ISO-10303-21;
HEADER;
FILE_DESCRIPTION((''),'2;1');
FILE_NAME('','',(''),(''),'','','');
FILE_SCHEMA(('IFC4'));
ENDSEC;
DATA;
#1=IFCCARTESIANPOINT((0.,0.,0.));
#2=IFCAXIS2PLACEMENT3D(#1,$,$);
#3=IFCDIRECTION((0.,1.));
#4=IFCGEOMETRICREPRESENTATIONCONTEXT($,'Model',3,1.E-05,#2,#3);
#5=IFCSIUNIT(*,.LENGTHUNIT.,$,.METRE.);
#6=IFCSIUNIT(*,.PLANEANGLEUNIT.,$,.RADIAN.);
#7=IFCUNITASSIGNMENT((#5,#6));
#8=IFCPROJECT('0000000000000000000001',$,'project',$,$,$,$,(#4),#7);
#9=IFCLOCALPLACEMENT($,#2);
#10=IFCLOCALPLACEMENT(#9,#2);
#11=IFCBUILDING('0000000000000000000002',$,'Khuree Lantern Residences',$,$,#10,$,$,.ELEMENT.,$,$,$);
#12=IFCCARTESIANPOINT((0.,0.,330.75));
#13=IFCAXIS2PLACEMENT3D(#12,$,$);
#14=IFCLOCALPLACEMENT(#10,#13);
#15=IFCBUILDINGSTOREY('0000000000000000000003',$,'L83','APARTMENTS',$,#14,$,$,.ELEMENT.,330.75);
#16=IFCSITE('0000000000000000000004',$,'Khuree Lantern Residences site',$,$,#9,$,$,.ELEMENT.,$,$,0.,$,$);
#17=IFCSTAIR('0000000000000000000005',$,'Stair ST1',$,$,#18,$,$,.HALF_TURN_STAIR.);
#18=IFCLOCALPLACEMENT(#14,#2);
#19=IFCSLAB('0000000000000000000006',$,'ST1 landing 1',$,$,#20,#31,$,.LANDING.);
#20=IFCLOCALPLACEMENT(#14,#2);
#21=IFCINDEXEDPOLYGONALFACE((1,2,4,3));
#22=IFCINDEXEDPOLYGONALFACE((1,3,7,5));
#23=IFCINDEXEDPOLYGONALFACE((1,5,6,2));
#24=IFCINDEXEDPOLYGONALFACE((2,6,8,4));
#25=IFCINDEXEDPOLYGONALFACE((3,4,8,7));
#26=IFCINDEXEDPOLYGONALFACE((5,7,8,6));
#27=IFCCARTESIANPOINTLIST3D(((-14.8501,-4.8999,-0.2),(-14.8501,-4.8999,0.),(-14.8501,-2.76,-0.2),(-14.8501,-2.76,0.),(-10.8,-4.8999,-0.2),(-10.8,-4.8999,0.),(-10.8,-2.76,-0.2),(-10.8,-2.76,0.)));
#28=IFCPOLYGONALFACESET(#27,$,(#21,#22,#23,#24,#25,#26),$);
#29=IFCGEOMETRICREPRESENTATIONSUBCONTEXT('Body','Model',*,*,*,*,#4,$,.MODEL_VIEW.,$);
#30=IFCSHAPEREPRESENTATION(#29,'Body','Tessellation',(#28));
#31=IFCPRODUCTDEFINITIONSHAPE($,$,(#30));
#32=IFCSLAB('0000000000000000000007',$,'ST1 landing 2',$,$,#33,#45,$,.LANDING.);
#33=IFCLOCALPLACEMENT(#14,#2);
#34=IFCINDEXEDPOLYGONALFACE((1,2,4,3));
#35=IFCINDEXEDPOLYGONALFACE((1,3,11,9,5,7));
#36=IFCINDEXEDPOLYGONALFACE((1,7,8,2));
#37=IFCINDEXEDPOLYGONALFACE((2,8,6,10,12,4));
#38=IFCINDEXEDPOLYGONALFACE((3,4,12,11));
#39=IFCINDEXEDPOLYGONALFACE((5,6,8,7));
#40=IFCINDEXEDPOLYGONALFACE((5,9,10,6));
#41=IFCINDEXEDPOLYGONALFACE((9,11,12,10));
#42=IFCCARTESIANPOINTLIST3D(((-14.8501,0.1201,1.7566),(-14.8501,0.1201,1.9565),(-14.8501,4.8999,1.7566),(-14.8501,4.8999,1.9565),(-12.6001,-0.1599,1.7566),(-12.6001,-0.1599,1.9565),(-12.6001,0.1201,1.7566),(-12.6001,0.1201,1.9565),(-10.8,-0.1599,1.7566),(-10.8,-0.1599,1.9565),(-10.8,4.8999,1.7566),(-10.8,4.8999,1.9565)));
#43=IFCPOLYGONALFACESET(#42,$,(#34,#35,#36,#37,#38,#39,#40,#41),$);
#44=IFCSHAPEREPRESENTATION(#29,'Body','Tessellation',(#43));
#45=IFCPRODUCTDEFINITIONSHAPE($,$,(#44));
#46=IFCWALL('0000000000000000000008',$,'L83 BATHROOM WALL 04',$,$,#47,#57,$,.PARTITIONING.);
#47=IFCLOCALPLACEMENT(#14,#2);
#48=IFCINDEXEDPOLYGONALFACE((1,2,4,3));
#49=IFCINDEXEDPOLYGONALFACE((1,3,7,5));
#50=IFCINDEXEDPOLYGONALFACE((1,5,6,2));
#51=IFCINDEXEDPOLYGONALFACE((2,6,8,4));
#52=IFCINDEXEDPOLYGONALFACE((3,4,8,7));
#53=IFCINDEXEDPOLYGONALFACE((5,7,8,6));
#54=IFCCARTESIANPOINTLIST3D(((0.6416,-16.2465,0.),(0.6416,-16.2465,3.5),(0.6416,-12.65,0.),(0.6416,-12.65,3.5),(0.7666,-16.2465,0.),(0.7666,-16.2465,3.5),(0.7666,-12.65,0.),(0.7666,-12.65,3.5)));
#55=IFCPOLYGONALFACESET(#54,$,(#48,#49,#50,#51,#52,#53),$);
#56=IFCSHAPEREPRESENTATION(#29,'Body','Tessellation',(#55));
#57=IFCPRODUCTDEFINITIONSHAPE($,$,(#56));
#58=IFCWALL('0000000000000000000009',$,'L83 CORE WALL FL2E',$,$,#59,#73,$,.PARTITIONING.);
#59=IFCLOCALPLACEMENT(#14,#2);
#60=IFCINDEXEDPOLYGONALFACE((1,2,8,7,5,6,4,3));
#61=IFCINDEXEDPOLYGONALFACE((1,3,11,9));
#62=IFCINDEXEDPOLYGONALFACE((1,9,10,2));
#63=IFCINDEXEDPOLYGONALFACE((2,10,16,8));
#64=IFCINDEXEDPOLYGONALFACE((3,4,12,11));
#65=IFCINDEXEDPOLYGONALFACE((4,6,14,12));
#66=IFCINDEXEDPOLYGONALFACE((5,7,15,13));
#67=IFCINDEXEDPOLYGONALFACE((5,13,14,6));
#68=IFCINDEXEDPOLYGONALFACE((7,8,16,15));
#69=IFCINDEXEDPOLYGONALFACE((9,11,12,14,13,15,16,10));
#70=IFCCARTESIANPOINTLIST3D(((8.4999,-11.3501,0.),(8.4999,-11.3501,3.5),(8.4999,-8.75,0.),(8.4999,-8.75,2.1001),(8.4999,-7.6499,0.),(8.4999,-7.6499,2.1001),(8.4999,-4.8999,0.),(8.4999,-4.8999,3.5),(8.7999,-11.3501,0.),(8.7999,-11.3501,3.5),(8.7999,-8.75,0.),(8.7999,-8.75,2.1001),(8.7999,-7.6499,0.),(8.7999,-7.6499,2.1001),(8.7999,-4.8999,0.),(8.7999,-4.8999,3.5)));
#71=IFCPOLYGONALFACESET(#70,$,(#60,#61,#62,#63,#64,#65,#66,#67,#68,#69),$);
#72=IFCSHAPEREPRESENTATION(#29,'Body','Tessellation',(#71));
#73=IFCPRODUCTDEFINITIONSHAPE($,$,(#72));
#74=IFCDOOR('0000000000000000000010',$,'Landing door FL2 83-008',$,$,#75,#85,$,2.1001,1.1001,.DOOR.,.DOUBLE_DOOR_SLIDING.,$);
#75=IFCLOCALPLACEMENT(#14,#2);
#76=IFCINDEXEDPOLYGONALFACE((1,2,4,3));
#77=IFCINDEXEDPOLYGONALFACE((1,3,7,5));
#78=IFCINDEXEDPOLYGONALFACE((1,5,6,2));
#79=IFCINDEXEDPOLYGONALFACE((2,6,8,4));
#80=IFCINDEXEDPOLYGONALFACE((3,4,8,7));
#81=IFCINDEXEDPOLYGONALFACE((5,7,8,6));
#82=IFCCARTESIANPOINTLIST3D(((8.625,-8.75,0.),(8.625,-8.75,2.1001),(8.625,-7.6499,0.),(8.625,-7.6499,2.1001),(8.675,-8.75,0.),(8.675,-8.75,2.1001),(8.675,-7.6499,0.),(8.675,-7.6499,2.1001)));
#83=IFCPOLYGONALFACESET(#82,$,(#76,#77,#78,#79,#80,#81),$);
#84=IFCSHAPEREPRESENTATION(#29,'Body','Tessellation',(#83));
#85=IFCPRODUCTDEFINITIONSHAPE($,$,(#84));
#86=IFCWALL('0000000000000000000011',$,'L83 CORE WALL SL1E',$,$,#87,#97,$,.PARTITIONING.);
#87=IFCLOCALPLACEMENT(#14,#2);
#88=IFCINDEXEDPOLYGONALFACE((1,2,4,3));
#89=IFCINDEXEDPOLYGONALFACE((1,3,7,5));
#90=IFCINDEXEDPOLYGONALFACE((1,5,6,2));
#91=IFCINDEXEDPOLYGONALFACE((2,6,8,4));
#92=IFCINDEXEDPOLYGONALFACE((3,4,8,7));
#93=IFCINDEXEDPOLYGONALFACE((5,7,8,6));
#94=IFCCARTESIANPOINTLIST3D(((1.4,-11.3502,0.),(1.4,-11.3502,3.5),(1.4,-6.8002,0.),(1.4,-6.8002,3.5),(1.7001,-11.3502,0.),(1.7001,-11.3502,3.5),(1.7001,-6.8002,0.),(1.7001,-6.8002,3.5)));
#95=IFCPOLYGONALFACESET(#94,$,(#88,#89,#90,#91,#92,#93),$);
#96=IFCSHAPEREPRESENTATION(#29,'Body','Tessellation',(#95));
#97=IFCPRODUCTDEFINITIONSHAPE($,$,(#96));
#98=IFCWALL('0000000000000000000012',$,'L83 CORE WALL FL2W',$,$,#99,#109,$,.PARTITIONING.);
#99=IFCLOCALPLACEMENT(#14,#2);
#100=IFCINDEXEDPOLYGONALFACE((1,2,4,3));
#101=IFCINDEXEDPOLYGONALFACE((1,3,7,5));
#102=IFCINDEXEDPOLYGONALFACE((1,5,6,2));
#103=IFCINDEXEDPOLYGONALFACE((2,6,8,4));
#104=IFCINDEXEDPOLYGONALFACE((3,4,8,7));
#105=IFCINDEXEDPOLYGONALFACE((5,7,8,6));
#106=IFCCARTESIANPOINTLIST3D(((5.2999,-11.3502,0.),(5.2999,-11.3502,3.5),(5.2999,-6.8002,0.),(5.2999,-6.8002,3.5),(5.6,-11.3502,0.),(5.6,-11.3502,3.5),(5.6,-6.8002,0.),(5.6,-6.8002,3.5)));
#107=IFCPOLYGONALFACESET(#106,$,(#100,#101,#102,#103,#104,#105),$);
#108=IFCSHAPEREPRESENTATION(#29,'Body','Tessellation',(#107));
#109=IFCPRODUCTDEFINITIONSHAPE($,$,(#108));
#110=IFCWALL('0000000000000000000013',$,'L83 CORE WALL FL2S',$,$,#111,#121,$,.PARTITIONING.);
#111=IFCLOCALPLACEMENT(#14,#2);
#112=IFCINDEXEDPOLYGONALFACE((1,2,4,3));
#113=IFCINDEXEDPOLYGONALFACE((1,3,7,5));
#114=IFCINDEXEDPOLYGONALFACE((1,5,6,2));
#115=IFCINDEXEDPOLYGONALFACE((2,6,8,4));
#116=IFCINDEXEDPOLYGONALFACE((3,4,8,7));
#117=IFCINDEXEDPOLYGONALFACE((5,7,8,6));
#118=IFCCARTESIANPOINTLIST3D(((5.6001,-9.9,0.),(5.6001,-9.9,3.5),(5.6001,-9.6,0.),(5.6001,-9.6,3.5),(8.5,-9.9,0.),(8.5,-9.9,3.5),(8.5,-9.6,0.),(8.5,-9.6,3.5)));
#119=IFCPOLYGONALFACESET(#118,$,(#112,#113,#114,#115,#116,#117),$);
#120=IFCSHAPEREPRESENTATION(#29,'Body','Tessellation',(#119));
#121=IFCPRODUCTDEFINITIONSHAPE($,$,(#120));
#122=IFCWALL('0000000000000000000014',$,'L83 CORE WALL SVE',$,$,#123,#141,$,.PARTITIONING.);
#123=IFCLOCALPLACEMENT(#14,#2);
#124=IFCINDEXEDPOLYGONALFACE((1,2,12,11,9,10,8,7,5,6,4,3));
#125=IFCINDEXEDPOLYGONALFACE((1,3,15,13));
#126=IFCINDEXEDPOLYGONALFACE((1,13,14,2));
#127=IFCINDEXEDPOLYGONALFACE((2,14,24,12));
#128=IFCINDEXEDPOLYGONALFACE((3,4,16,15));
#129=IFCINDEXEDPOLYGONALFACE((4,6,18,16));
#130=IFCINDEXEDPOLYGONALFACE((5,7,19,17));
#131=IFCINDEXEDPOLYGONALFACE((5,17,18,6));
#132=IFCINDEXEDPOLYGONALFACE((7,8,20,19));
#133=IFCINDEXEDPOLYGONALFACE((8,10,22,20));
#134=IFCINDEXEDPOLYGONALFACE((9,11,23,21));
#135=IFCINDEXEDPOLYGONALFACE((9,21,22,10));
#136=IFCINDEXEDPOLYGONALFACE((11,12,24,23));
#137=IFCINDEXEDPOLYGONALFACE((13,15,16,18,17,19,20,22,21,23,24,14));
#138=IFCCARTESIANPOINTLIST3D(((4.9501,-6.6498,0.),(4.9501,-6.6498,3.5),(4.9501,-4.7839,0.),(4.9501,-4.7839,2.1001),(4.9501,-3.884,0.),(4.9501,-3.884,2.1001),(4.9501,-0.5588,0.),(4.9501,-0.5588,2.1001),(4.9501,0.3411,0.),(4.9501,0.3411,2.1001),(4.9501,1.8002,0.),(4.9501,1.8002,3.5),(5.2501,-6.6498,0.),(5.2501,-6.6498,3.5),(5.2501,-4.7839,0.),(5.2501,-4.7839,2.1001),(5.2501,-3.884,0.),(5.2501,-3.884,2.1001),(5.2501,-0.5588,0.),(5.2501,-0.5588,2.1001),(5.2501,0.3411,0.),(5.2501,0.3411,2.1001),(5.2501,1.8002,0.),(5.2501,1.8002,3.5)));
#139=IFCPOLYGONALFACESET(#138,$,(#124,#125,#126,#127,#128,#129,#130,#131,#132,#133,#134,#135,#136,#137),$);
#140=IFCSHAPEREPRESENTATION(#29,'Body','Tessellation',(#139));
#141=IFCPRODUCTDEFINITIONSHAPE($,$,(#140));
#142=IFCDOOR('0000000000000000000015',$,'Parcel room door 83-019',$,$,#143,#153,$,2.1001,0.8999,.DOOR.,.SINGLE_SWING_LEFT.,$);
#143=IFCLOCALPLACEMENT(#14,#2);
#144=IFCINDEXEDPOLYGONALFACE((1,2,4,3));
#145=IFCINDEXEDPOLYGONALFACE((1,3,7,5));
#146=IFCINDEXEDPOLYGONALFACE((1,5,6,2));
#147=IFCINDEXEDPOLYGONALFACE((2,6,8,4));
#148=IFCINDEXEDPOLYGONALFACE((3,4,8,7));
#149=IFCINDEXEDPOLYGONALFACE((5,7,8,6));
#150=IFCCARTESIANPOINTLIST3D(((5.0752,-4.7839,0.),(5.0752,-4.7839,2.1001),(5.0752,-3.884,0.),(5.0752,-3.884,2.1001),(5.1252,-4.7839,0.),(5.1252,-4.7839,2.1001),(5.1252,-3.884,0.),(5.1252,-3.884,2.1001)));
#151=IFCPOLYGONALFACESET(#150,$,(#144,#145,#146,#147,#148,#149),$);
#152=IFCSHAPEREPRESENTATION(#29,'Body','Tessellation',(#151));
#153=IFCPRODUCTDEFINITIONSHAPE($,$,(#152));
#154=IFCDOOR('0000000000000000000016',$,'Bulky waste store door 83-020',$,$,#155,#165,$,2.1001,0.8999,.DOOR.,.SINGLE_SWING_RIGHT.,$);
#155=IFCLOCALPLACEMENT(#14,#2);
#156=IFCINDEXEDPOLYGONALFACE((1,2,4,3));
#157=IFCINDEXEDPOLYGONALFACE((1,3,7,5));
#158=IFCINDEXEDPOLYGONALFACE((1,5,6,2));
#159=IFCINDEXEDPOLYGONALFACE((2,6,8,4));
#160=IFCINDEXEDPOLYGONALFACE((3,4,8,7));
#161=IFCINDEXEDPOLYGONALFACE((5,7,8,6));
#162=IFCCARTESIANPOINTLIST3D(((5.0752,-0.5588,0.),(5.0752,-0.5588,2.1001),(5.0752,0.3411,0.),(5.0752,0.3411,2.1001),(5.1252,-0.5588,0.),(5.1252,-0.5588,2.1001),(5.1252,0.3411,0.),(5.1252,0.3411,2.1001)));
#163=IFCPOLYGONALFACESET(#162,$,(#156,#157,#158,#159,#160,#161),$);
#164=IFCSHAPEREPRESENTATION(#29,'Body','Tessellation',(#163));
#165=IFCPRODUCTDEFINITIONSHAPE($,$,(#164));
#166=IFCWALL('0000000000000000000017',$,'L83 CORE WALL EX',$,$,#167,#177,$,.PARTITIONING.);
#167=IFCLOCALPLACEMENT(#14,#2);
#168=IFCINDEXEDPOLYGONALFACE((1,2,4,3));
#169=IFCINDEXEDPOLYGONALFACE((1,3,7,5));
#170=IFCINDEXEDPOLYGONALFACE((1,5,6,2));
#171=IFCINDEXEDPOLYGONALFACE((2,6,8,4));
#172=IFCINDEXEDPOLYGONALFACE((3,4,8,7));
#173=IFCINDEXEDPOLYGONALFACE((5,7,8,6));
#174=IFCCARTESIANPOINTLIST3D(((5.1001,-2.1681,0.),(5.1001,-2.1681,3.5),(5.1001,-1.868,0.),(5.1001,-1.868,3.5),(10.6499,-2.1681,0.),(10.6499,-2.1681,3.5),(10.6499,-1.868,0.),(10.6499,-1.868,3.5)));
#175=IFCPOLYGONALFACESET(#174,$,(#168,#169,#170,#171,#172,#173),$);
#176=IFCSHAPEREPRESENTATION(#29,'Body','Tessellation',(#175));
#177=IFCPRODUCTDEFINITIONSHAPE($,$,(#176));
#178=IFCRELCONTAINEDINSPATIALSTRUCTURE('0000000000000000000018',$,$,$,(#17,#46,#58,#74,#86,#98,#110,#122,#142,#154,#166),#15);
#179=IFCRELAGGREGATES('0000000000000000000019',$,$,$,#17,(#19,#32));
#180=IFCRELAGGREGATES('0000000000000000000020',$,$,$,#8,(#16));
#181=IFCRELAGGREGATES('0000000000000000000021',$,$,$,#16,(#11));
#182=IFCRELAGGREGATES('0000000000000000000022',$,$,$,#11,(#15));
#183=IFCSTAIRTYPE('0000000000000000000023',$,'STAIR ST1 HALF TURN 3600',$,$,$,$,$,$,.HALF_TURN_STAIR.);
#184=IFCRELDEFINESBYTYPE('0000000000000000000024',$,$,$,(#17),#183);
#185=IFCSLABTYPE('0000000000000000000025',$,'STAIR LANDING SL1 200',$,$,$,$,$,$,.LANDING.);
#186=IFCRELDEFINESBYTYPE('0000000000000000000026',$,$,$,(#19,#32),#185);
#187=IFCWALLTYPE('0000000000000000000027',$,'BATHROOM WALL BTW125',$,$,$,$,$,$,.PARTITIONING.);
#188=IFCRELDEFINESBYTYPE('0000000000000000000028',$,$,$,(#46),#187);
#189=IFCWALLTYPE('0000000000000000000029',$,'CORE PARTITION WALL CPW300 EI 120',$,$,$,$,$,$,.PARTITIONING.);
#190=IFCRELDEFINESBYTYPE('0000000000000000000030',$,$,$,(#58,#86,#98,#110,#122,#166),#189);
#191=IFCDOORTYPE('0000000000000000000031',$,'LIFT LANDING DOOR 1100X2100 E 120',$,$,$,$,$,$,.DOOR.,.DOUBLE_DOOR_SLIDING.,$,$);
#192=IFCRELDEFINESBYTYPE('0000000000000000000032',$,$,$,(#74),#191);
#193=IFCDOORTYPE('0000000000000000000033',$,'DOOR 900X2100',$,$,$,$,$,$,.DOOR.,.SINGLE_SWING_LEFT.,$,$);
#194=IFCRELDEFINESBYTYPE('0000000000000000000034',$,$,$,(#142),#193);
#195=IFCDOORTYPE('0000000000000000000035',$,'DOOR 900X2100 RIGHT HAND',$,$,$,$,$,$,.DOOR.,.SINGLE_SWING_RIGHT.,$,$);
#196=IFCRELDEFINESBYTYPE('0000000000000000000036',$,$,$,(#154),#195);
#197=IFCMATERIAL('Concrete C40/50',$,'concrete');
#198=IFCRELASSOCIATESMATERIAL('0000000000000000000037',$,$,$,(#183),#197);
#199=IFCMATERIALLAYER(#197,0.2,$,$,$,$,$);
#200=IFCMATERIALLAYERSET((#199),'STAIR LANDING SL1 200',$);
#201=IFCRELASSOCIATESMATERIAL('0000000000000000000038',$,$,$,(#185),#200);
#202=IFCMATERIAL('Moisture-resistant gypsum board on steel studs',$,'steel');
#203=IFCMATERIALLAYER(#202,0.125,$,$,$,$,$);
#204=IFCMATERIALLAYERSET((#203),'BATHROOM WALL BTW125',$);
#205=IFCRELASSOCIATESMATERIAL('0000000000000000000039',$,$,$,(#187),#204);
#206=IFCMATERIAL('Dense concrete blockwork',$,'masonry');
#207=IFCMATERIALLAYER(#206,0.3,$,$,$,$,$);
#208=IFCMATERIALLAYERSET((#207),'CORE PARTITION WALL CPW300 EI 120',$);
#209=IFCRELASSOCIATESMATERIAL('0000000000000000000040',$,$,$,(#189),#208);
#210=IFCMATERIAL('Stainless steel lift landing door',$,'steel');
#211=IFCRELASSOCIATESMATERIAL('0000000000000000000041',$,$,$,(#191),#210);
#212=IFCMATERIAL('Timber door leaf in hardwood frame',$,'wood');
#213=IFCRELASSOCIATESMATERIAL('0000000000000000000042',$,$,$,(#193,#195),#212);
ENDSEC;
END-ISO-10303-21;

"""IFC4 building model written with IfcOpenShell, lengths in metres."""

from ifc_helpers import new_model, si_unit, direction, frame, frame_2d, origin, place, context, subcontext, project, spatial, polyline, rectangle, outline, extrude, material, layer, layer_set, type_object, element, fill, aggregate, save


model = new_model("IFC4")

# Units and contexts
model_context = context("Model", 3, precision=1e-05, world=origin(), true_north=direction((0.0, 1.0)))
body_context = subcontext(model_context, "Body", "Model", "MODEL_VIEW")
ifc_project = project(units=[si_unit("LENGTHUNIT", "METRE"), si_unit("PLANEANGLEUNIT", "RADIAN")], contexts=[model_context])

# Site, building, storey
site_placement = place(None, origin())
site = spatial("IfcSite", under=ifc_project, at=site_placement, Name="Khuree Lantern Residences site", CompositionType="ELEMENT", RefElevation=0.0)
building_placement = place(site_placement, origin())
building = spatial("IfcBuilding", under=site, at=building_placement, Name="Khuree Lantern Residences", CompositionType="ELEMENT")
storey_placement = place(building_placement, frame((0.0, 0.0, 330.75)))
storey = spatial("IfcBuildingStorey", under=building, at=storey_placement, Name="L83", Description="APARTMENTS", CompositionType="ELEMENT", Elevation=330.75)

# Stair, slabs
ifc_material_1 = material(Name="Concrete C40/50", Category="concrete")
stair_type = type_object("IfcStairType", Name="STAIR ST1 HALF TURN 3600", PredefinedType="HALF_TURN_STAIR", material=ifc_material_1)
stair_1_placement = place(storey_placement, origin())
stair_1 = element("IfcStair", 1, at=stair_1_placement, inside=storey, type_object=stair_type, Name="Stair ST1", PredefinedType="HALF_TURN_STAIR")
ifc_layer_1 = layer(ifc_material_1, 0.2)
ifc_layer_set_1 = layer_set([ifc_layer_1], Name="STAIR LANDING SL1 200")
slab_type = type_object("IfcSlabType", Name="STAIR LANDING SL1 200", PredefinedType="LANDING", material=ifc_layer_set_1)
slab_1_placement = place(storey_placement, frame((0.0, 0.0, -0.2)))
slab_1 = element("IfcSlab", 2, at=slab_1_placement, type_object=slab_type, Name="ST1 landing 1", PredefinedType="LANDING", context=body_context, shape_type="SweptSolid", body=[
    extrude(outline(polyline([(-14.8501, -4.8999), (-10.8, -4.8999), (-10.8, -2.76), (-14.8501, -2.76), (-14.8501, -4.8999)])), origin(), (0.0, 0.0, 1.0), 0.2),
])
slab_2_placement = place(storey_placement, frame((0.0, 0.0, 1.7566)))
slab_2 = element("IfcSlab", 3, at=slab_2_placement, type_object=slab_type, Name="ST1 landing 2", PredefinedType="LANDING", context=body_context, shape_type="SweptSolid", body=[
    extrude(outline(polyline([(-14.8501, 0.1201), (-14.8501, 4.8999), (-10.8, 4.8999), (-10.8, -0.1599), (-12.6001, -0.1599), (-12.6001, 0.1201), (-14.8501, 0.1201)])), origin(), (0.0, 0.0, 1.0), 0.2),
])
aggregate(stair_1, [slab_1, slab_2])

# Wall
ifc_material_2 = material(Name="Moisture-resistant gypsum board on steel studs", Category="steel")
ifc_layer_2 = layer(ifc_material_2, 0.125)
ifc_layer_set_2 = layer_set([ifc_layer_2], Name="BATHROOM WALL BTW125")
wall_type_1 = type_object("IfcWallType", Name="BATHROOM WALL BTW125", PredefinedType="PARTITIONING", material=ifc_layer_set_2)
wall_1_placement = place(storey_placement, frame((0.7041, -12.6499, 0.0), z_axis=(0.0, 0.0, 1.0), x_axis=(0.0, -1.0, 0.0)))
element("IfcWall", 4, at=wall_1_placement, inside=storey, type_object=wall_type_1, Name="L83 BATHROOM WALL 04", PredefinedType="PARTITIONING", context=body_context, shape_type="SweptSolid", body=[
    extrude(rectangle(XDim=3.5964, YDim=0.125, at=frame_2d((1.7983, 0.0))), origin(), (0.0, 0.0, 1.0), 3.5),
])

# Wall, opening, door
ifc_material_3 = material(Name="Dense concrete blockwork", Category="masonry")
ifc_layer_3 = layer(ifc_material_3, 0.3)
ifc_layer_set_3 = layer_set([ifc_layer_3], Name="CORE PARTITION WALL CPW300 EI 120")
wall_type_2 = type_object("IfcWallType", Name="CORE PARTITION WALL CPW300 EI 120", PredefinedType="PARTITIONING", material=ifc_layer_set_3)
wall_2_placement = place(storey_placement, frame((8.6499, -11.3501, 0.0), z_axis=(0.0, 0.0, 1.0), x_axis=(0.0, 1.0, 0.0)))
wall_2 = element("IfcWall", 5, at=wall_2_placement, inside=storey, type_object=wall_type_2, Name="L83 CORE WALL FL2E", PredefinedType="PARTITIONING", context=body_context, shape_type="SweptSolid", body=[
    extrude(rectangle(XDim=6.4502, YDim=0.3, at=frame_2d((3.2251, 0.0))), origin(), (0.0, 0.0, 1.0), 3.5),
])
opening_1_placement = place(wall_2_placement, frame((2.6001, 0.0, 0.0)))
opening_1 = element("IfcOpeningElement", 6, at=opening_1_placement, cuts=wall_2, PredefinedType="OPENING", context=body_context, shape_type="SweptSolid", body=[
    extrude(rectangle(XDim=1.1001, YDim=2.1001, at=frame_2d((0.55, 1.05))), frame((0.0, 0.1602, 0.0), z_axis=(0.0, -1.0, 0.0), x_axis=(1.0, 0.0, 0.0)), (0.0, 0.0, 1.0), 0.3201),
])
ifc_material_4 = material(Name="Stainless steel lift landing door", Category="steel")
door_type_1 = type_object("IfcDoorType", Name="LIFT LANDING DOOR 1100X2100 E 120", OperationType="DOUBLE_DOOR_SLIDING", PredefinedType="DOOR", material=ifc_material_4)
door_1_placement = place(opening_1_placement, origin())
door_1 = element("IfcDoor", 7, at=door_1_placement, inside=storey, type_object=door_type_1, Name="Landing door FL2 83-008", OperationType="DOUBLE_DOOR_SLIDING", OverallHeight=2.1001, OverallWidth=1.1001, PredefinedType="DOOR", context=body_context, shape_type="SweptSolid", body=[
    extrude(rectangle(XDim=1.1001, YDim=2.1001, at=frame_2d((0.55, 1.05))), frame((0.0, 0.0249, 0.0), z_axis=(0.0, -1.0, 0.0), x_axis=(1.0, 0.0, 0.0)), (0.0, 0.0, 1.0), 0.05),
])
fill(opening_1, door_1)

# Walls
for number, where, z_axis, x_axis, name in (
    (8, (1.55, -11.3501, 0.0), (0.0, 0.0, 1.0), (0.0, 1.0, 0.0), "L83 CORE WALL SL1E"),
    (9, (5.45, -11.3501, 0.0), (0.0, 0.0, 1.0), (0.0, 1.0, 0.0), "L83 CORE WALL FL2W"),
):
    element("IfcWall", number, at=place(storey_placement, frame(where, z_axis=z_axis, x_axis=x_axis)), inside=storey, type_object=wall_type_2, Name=name, PredefinedType="PARTITIONING", context=body_context, shape_type="SweptSolid", body=[
        extrude(rectangle(XDim=4.55, YDim=0.3, at=frame_2d((2.2749, 0.0))), origin(), (0.0, 0.0, 1.0), 3.5),
    ])
wall_3_placement = place(storey_placement, frame((5.6001, -9.75, 0.0), z_axis=(0.0, 0.0, 1.0), x_axis=(1.0, 0.0, 0.0)))
element("IfcWall", 10, at=wall_3_placement, inside=storey, type_object=wall_type_2, Name="L83 CORE WALL FL2S", PredefinedType="PARTITIONING", context=body_context, shape_type="SweptSolid", body=[
    extrude(rectangle(XDim=2.8999, YDim=0.3, at=frame_2d((1.45, 0.0))), origin(), (0.0, 0.0, 1.0), 3.5),
])

# Wall, openings, doors
wall_4_placement = place(storey_placement, frame((5.1001, -6.6499, 0.0), z_axis=(0.0, 0.0, 1.0), x_axis=(0.0, 1.0, 0.0)))
wall_4 = element("IfcWall", 11, at=wall_4_placement, inside=storey, type_object=wall_type_2, Name="L83 CORE WALL SVE", PredefinedType="PARTITIONING", context=body_context, shape_type="SweptSolid", body=[
    extrude(rectangle(XDim=8.45, YDim=0.3, at=frame_2d((4.2251, 0.0))), origin(), (0.0, 0.0, 1.0), 3.5),
])
opening_2_placement = place(wall_4_placement, frame((1.866, 0.0, 0.0)))
opening_2 = element("IfcOpeningElement", 12, at=opening_2_placement, cuts=wall_4, PredefinedType="OPENING", context=body_context, shape_type="SweptSolid", body=[
    extrude(rectangle(XDim=0.8999, YDim=2.1001, at=frame_2d((0.45, 1.05))), frame((0.0, 0.1602, 0.0), z_axis=(0.0, -1.0, 0.0), x_axis=(1.0, 0.0, 0.0)), (0.0, 0.0, 1.0), 0.3201),
])
opening_3_placement = place(wall_4_placement, frame((6.0911, 0.0, 0.0)))
opening_3 = element("IfcOpeningElement", 13, at=opening_3_placement, cuts=wall_4, PredefinedType="OPENING", context=body_context, shape_type="SweptSolid", body=[
    extrude(rectangle(XDim=0.8999, YDim=2.1001, at=frame_2d((0.45, 1.05))), frame((0.0, 0.1602, 0.0), z_axis=(0.0, -1.0, 0.0), x_axis=(1.0, 0.0, 0.0)), (0.0, 0.0, 1.0), 0.3201),
])
ifc_material_5 = material(Name="Timber door leaf in hardwood frame", Category="wood")
door_type_2 = type_object("IfcDoorType", Name="DOOR 900X2100", OperationType="SINGLE_SWING_LEFT", PredefinedType="DOOR", material=ifc_material_5)
door_2_placement = place(opening_2_placement, origin())
door_2 = element("IfcDoor", 14, at=door_2_placement, inside=storey, type_object=door_type_2, Name="Parcel room door 83-019", OperationType="SINGLE_SWING_LEFT", OverallHeight=2.1001, OverallWidth=0.8999, PredefinedType="DOOR", context=body_context, shape_type="SweptSolid", body=[
    extrude(rectangle(XDim=0.8999, YDim=2.1001, at=frame_2d((0.45, 1.05))), frame((0.0, 0.0249, 0.0), z_axis=(0.0, -1.0, 0.0), x_axis=(1.0, 0.0, 0.0)), (0.0, 0.0, 1.0), 0.05),
])
fill(opening_2, door_2)
door_type_3 = type_object("IfcDoorType", Name="DOOR 900X2100 RIGHT HAND", OperationType="SINGLE_SWING_RIGHT", PredefinedType="DOOR", material=ifc_material_5)
door_3_placement = place(opening_3_placement, origin())
door_3 = element("IfcDoor", 15, at=door_3_placement, inside=storey, type_object=door_type_3, Name="Bulky waste store door 83-020", OperationType="SINGLE_SWING_RIGHT", OverallHeight=2.1001, OverallWidth=0.8999, PredefinedType="DOOR", context=body_context, shape_type="SweptSolid", body=[
    extrude(rectangle(XDim=0.8999, YDim=2.1001, at=frame_2d((0.45, 1.05))), frame((0.0, 0.0249, 0.0), z_axis=(0.0, -1.0, 0.0), x_axis=(1.0, 0.0, 0.0)), (0.0, 0.0, 1.0), 0.05),
])
fill(opening_3, door_3)

# Wall
wall_5_placement = place(storey_placement, frame((10.6499, -2.0181, 0.0), z_axis=(0.0, 0.0, 1.0), x_axis=(-1.0, 0.0, 0.0)))
element("IfcWall", 16, at=wall_5_placement, inside=storey, type_object=wall_type_2, Name="L83 CORE WALL EX", PredefinedType="PARTITIONING", context=body_context, shape_type="SweptSolid", body=[
    extrude(rectangle(XDim=5.5498, YDim=0.3, at=frame_2d((2.7749, 0.0))), origin(), (0.0, 0.0, 1.0), 3.5),
])

save(model, "model.ifc")
